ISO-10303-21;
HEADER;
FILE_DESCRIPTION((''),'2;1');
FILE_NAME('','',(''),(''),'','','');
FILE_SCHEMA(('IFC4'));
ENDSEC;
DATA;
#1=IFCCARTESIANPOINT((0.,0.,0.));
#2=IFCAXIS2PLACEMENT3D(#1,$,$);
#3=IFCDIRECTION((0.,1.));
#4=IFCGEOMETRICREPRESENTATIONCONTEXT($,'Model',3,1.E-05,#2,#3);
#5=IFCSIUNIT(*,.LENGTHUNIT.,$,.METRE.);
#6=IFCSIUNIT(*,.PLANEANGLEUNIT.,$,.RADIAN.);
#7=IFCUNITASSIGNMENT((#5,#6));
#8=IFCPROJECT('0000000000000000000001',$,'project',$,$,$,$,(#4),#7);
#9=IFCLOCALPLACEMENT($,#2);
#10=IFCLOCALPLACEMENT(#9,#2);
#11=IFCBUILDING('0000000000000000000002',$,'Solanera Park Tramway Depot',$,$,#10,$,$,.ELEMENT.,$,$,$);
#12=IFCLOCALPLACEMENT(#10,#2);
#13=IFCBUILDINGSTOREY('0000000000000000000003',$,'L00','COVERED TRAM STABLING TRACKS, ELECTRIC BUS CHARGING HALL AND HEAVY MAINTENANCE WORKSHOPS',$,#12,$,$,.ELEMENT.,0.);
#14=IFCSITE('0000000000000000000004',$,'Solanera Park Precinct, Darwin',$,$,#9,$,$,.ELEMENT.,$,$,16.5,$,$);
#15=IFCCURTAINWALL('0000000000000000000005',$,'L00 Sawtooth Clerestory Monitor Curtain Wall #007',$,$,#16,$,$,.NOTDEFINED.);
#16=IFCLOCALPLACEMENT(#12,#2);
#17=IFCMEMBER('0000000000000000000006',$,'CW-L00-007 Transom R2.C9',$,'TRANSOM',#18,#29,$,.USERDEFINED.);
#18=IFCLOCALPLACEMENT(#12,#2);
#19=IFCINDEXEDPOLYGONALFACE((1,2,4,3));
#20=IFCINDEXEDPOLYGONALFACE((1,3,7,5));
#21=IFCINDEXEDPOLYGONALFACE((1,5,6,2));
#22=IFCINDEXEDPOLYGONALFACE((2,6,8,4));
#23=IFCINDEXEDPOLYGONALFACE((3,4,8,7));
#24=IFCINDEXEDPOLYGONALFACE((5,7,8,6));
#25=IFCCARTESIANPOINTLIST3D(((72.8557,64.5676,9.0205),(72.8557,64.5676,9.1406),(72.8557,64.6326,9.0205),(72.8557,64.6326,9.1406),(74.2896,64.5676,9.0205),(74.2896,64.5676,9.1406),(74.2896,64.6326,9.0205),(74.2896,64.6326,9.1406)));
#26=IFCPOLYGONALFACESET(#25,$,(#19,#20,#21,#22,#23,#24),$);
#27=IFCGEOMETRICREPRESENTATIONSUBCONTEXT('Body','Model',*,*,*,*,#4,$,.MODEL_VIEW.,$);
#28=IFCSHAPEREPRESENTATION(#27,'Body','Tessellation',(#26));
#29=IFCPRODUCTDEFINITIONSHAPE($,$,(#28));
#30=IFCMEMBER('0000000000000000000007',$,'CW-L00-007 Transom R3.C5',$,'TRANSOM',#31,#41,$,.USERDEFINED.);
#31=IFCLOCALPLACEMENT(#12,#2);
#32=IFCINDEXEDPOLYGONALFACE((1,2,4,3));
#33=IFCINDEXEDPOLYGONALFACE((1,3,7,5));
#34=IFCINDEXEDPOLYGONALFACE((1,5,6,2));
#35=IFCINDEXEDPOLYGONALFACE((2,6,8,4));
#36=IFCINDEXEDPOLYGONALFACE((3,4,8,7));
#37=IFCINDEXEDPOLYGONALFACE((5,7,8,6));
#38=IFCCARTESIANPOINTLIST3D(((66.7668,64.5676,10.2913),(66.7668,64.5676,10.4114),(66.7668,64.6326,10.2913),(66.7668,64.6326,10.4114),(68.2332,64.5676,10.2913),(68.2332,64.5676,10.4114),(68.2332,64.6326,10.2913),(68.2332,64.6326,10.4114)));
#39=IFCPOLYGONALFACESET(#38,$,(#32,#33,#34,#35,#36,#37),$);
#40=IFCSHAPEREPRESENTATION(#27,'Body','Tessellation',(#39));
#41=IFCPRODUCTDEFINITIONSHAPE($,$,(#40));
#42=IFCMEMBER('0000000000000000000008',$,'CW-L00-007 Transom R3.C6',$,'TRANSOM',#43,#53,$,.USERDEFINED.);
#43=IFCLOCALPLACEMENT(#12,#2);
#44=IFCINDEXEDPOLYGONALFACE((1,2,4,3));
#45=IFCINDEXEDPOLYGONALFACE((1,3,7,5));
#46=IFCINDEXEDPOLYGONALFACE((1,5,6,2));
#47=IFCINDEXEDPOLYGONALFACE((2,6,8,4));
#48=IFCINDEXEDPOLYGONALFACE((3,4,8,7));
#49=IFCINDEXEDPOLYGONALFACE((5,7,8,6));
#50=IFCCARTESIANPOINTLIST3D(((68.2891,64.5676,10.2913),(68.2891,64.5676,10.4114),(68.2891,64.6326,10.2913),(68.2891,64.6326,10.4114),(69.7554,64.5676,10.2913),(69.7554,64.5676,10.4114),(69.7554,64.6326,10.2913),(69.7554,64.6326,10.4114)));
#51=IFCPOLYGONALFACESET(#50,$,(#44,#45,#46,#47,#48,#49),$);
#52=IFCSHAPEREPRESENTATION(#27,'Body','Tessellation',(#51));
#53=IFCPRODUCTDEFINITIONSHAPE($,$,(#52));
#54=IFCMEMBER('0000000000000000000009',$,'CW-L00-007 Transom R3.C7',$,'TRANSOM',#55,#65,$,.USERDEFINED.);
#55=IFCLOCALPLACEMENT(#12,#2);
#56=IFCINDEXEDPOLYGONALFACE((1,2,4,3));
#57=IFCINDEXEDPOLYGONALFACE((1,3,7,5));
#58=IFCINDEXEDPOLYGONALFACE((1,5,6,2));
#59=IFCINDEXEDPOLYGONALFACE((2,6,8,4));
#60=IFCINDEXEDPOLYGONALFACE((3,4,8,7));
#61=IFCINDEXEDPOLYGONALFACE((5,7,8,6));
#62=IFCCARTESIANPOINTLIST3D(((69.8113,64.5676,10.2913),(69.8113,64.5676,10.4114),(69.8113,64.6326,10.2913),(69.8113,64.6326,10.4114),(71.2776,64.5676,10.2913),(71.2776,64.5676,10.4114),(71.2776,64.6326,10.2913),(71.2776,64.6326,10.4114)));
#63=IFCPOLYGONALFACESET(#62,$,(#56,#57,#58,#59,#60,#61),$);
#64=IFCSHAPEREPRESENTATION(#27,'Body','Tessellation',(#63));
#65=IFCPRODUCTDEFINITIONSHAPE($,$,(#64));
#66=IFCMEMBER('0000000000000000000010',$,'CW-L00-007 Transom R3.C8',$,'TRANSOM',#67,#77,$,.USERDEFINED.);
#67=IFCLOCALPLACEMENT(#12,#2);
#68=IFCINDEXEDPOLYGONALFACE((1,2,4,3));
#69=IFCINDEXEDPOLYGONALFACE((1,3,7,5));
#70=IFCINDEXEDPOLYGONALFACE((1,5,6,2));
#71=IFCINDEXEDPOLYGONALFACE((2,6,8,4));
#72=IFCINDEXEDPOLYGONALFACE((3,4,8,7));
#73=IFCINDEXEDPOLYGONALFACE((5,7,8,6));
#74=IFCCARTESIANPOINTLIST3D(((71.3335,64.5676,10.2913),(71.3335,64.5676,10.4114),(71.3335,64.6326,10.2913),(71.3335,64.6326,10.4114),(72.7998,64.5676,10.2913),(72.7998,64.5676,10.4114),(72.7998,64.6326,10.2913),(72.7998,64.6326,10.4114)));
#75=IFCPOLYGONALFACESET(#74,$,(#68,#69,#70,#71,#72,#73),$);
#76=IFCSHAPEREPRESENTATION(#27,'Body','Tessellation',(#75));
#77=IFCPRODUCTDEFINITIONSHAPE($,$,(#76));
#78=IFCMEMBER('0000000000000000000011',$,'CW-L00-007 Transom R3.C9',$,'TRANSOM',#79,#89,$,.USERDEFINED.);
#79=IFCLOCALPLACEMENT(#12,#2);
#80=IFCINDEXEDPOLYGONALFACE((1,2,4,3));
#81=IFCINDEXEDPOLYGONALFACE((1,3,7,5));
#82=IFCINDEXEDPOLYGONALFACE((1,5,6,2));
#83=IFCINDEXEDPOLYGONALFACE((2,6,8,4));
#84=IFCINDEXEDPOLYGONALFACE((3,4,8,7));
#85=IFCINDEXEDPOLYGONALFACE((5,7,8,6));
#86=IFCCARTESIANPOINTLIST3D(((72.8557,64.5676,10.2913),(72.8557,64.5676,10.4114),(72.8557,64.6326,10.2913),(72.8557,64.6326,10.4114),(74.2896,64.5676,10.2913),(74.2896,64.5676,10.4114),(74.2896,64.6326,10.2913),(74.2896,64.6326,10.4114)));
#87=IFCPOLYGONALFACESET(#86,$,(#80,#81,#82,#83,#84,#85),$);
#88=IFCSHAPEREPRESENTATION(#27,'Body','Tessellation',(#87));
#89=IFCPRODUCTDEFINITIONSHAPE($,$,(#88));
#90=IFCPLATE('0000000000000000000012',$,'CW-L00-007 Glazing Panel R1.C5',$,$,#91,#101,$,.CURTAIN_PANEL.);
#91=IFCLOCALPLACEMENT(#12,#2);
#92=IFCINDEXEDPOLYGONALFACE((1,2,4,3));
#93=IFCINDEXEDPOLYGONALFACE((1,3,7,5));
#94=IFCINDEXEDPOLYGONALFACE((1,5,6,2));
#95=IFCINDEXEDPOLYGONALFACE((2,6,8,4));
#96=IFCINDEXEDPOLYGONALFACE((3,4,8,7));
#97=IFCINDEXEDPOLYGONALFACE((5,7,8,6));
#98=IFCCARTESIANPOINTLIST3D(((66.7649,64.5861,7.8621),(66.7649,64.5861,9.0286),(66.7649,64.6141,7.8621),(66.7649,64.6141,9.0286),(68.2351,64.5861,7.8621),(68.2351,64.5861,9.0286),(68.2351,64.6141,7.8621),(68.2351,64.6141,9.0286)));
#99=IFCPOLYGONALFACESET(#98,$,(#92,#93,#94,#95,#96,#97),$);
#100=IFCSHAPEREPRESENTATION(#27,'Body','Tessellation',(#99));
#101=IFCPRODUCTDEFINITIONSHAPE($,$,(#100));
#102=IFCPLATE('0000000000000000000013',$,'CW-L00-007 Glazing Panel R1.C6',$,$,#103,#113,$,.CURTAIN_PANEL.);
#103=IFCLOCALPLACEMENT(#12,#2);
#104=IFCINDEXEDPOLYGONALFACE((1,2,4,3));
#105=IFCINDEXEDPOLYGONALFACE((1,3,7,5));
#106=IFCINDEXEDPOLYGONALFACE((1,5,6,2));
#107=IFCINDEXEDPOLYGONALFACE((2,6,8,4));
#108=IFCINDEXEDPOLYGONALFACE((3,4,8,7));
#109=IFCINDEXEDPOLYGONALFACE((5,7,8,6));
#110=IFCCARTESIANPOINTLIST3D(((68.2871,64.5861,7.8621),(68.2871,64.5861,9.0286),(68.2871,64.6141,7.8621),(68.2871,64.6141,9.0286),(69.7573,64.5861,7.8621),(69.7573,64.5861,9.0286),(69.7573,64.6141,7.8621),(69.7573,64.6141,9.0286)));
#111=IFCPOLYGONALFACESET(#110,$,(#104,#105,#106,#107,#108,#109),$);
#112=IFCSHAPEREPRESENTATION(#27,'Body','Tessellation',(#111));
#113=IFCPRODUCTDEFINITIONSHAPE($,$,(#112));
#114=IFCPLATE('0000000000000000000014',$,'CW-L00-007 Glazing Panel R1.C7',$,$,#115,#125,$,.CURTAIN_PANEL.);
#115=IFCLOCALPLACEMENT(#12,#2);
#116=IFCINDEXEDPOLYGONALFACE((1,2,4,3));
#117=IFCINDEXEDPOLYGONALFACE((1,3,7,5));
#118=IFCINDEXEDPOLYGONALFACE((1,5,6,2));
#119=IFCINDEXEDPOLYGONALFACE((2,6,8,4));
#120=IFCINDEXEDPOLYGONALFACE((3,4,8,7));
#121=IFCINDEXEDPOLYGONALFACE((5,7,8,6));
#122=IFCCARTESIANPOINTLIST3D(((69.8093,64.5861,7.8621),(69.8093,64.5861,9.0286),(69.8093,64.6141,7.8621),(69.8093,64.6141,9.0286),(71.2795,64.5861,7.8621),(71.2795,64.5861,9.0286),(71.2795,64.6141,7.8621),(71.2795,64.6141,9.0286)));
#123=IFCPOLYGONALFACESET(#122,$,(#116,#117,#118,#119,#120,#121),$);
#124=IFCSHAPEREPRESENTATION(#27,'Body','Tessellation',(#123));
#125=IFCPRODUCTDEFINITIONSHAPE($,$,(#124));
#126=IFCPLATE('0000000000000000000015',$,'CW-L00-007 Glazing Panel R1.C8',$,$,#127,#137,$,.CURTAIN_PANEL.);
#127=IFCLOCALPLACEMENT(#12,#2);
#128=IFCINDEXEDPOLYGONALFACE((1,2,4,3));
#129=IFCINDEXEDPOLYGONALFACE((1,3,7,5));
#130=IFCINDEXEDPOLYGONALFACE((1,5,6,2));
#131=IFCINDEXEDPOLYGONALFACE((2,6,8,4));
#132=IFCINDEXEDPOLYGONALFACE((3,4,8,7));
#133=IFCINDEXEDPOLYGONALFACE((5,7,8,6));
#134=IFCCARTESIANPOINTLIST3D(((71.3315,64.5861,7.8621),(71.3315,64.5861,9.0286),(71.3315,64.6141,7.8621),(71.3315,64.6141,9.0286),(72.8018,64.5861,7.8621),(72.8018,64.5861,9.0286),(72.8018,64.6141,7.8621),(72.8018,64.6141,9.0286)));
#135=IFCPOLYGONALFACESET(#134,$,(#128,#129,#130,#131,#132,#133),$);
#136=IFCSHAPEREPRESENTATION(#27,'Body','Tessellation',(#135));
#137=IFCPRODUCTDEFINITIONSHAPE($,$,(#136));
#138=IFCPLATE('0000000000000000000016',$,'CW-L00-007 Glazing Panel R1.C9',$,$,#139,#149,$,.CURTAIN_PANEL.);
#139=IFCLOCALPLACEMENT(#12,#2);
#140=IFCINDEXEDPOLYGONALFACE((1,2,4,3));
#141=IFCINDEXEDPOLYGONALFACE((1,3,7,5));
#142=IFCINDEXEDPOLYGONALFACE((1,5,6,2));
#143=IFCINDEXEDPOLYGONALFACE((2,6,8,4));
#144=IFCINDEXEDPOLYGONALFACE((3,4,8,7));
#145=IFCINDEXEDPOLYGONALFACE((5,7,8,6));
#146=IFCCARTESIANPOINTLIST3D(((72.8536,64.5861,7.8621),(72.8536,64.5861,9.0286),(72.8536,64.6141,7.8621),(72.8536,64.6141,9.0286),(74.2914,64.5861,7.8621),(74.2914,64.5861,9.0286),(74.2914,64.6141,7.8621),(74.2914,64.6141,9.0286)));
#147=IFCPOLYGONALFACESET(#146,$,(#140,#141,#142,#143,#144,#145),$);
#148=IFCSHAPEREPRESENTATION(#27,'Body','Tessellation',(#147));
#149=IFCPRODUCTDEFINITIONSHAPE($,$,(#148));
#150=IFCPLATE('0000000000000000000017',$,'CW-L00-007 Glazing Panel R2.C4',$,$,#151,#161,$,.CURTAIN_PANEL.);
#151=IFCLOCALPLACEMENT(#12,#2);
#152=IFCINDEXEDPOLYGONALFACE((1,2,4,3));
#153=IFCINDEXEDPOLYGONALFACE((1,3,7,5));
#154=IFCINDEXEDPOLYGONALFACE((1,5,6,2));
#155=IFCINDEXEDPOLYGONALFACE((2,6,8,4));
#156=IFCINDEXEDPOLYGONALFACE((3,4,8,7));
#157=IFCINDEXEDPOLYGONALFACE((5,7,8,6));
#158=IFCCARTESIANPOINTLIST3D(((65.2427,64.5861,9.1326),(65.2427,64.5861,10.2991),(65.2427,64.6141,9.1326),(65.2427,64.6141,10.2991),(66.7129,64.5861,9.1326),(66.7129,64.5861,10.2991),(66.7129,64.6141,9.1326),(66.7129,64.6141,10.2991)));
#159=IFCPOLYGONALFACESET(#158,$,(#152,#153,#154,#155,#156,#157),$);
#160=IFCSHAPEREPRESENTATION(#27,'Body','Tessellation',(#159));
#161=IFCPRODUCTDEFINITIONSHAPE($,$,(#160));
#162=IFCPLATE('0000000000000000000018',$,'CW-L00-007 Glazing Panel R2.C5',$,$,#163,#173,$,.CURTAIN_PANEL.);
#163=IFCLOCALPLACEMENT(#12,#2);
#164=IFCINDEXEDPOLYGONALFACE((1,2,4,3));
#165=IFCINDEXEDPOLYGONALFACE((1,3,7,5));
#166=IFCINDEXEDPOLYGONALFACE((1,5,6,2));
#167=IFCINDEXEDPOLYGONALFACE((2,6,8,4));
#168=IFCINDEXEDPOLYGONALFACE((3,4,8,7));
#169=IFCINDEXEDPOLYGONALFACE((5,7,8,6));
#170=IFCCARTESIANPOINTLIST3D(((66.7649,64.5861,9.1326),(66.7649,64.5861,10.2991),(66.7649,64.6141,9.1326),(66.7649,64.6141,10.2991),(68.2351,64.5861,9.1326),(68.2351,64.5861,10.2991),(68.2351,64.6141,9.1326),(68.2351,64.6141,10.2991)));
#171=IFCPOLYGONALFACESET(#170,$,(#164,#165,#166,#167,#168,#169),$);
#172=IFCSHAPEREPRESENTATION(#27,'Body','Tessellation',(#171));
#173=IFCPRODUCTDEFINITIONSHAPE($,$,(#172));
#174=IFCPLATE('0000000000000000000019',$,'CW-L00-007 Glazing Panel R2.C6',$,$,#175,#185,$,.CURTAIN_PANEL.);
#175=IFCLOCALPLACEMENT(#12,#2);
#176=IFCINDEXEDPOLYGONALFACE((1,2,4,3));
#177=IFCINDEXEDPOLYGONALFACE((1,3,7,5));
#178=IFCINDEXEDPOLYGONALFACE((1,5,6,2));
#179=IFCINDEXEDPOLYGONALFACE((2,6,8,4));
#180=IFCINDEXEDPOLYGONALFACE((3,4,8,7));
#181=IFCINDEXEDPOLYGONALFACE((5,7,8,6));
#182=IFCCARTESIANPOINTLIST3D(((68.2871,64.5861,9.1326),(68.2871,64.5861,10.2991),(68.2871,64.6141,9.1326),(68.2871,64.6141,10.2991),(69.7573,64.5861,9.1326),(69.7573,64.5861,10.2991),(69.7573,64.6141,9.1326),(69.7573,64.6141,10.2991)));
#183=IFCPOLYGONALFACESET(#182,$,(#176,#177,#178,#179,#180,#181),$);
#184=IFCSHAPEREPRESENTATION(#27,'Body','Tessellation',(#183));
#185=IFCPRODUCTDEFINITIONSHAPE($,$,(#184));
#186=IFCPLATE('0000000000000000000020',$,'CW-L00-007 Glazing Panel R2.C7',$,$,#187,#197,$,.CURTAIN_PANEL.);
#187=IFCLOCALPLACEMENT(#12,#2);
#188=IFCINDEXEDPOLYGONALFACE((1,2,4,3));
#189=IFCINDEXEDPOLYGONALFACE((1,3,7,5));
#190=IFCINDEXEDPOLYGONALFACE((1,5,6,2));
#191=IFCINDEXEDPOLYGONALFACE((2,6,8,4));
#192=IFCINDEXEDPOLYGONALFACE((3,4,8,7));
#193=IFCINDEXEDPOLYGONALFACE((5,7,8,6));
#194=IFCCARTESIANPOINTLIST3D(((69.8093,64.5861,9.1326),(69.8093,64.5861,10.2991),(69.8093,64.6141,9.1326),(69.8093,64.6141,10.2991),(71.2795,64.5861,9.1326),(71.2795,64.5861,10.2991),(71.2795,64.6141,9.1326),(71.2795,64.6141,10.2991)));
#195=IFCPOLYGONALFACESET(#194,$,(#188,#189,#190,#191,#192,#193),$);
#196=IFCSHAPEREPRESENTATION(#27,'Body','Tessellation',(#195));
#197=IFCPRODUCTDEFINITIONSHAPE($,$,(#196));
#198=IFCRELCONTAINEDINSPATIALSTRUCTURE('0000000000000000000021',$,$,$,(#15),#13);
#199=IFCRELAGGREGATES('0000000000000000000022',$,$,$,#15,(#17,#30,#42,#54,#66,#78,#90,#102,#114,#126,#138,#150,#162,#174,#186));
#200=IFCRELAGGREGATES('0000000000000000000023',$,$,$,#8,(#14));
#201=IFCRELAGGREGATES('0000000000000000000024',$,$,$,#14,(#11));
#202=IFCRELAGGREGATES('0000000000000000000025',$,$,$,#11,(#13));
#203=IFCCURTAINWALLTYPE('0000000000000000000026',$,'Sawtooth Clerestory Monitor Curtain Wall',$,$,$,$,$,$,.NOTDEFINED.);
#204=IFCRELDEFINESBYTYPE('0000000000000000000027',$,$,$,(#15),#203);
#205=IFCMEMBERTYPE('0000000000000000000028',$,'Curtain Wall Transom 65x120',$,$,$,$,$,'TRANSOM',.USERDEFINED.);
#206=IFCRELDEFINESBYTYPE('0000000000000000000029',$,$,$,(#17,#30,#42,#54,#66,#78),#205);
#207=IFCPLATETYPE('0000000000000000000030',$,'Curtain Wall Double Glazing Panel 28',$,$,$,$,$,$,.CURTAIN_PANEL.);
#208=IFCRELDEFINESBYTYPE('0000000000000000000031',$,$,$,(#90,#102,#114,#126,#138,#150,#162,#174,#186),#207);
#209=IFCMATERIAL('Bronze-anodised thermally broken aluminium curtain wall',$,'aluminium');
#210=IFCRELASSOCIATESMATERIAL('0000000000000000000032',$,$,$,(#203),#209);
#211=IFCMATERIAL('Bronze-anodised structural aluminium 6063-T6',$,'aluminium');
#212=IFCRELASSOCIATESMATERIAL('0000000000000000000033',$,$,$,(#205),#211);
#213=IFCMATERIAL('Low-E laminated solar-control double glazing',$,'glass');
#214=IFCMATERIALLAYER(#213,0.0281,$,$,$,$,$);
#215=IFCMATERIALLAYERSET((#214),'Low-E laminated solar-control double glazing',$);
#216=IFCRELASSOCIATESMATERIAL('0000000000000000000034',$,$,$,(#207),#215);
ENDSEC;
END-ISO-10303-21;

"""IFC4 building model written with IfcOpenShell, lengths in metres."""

from ifc_helpers import new_model, si_unit, direction, frame, origin, origin_2d, place, context, subcontext, project, spatial, rectangle, extrude, material, layer, layer_set, material_profile, profile_set, type_object, element, aggregate, save


model = new_model("IFC4")

# Units and contexts
model_context = context("Model", 3, precision=1e-05, world=origin(), true_north=direction((0.0, 1.0)))
body_context = subcontext(model_context, "Body", "Model", "MODEL_VIEW")
ifc_project = project(units=[si_unit("LENGTHUNIT", "METRE"), si_unit("PLANEANGLEUNIT", "RADIAN")], contexts=[model_context])

# Site, building, storey
site_placement = place(None, origin())
site = spatial("IfcSite", under=ifc_project, at=site_placement, Name="Solanera Park Precinct, Darwin", CompositionType="ELEMENT", RefElevation=16.5)
building_placement = place(site_placement, origin())
building = spatial("IfcBuilding", under=site, at=building_placement, Name="Solanera Park Tramway Depot", CompositionType="ELEMENT")
storey_placement = place(building_placement, origin())
storey = spatial("IfcBuildingStorey", under=building, at=storey_placement, Name="L00", Description="COVERED TRAM STABLING TRACKS, ELECTRIC BUS CHARGING HALL AND HEAVY MAINTENANCE WORKSHOPS", CompositionType="ELEMENT", Elevation=0.0)

# Curtain wall, members, plates
ifc_material_1 = material(Name="Bronze-anodised thermally broken aluminium curtain wall", Category="aluminium")
curtain_wall_type = type_object("IfcCurtainWallType", Name="Sawtooth Clerestory Monitor Curtain Wall", PredefinedType="NOTDEFINED", material=ifc_material_1)
curtain_wall_placement = place(storey_placement, origin())
curtain_wall = element("IfcCurtainWall", 1, at=curtain_wall_placement, inside=storey, type_object=curtain_wall_type, Name="L00 Sawtooth Clerestory Monitor Curtain Wall #007", PredefinedType="NOTDEFINED")
ifc_material_2 = material(Name="Bronze-anodised structural aluminium 6063-T6", Category="aluminium")
ifc_material_profile_1 = material_profile(ifc_material_2, rectangle(XDim=0.0649, YDim=0.1201, at=origin_2d()), Name="Curtain Wall Transom 65x120")
ifc_profile_set_1 = profile_set([ifc_material_profile_1], Name="Bronze-anodised structural aluminium 6063-T6")
member_type_1 = type_object("IfcMemberType", Name="Curtain Wall Transom 65x120", ElementType="TRANSOM", PredefinedType="USERDEFINED", material=ifc_profile_set_1)
member_1_placement = place(storey_placement, frame((72.8557, 64.6001, 9.0806), z_axis=(1.0, 0.0, 0.0), x_axis=(0.0, 1.0, 0.0)))
member_1 = element("IfcMember", 2, at=member_1_placement, type_object=member_type_1, Name="CW-L00-007 Transom R2.C9", ObjectType="TRANSOM", PredefinedType="USERDEFINED", context=body_context, shape_type="SweptSolid", body=[
    extrude(rectangle(XDim=0.0649, YDim=0.1201, at=origin_2d()), origin(), (0.0, 0.0, 1.0), 1.4338),
])
member_2_placement = place(storey_placement, frame((66.7668, 64.6001, 10.3513), z_axis=(1.0, 0.0, 0.0), x_axis=(0.0, 1.0, 0.0)))
member_2 = element("IfcMember", 3, at=member_2_placement, type_object=member_type_1, Name="CW-L00-007 Transom R3.C5", ObjectType="TRANSOM", PredefinedType="USERDEFINED", context=body_context, shape_type="SweptSolid", body=[
    extrude(rectangle(XDim=0.0649, YDim=0.1201, at=origin_2d()), origin(), (0.0, 0.0, 1.0), 1.4663),
])
member_3_placement = place(storey_placement, frame((68.2891, 64.6001, 10.3513), z_axis=(1.0, 0.0, 0.0), x_axis=(0.0, 1.0, 0.0)))
member_3 = element("IfcMember", 4, at=member_3_placement, type_object=member_type_1, Name="CW-L00-007 Transom R3.C6", ObjectType="TRANSOM", PredefinedType="USERDEFINED", context=body_context, shape_type="SweptSolid", body=[
    extrude(rectangle(XDim=0.0649, YDim=0.1201, at=origin_2d()), origin(), (0.0, 0.0, 1.0), 1.4663),
])
member_4_placement = place(storey_placement, frame((69.8113, 64.6001, 10.3513), z_axis=(1.0, 0.0, 0.0), x_axis=(0.0, 1.0, 0.0)))
member_4 = element("IfcMember", 5, at=member_4_placement, type_object=member_type_1, Name="CW-L00-007 Transom R3.C7", ObjectType="TRANSOM", PredefinedType="USERDEFINED", context=body_context, shape_type="SweptSolid", body=[
    extrude(rectangle(XDim=0.0649, YDim=0.1201, at=origin_2d()), origin(), (0.0, 0.0, 1.0), 1.4663),
])
member_5_placement = place(storey_placement, frame((71.3335, 64.6001, 10.3513), z_axis=(1.0, 0.0, 0.0), x_axis=(0.0, 1.0, 0.0)))
member_5 = element("IfcMember", 6, at=member_5_placement, type_object=member_type_1, Name="CW-L00-007 Transom R3.C8", ObjectType="TRANSOM", PredefinedType="USERDEFINED", context=body_context, shape_type="SweptSolid", body=[
    extrude(rectangle(XDim=0.0649, YDim=0.1201, at=origin_2d()), origin(), (0.0, 0.0, 1.0), 1.4663),
])
member_6_placement = place(storey_placement, frame((72.8557, 64.6001, 10.3513), z_axis=(1.0, 0.0, 0.0), x_axis=(0.0, 1.0, 0.0)))
member_6 = element("IfcMember", 7, at=member_6_placement, type_object=member_type_1, Name="CW-L00-007 Transom R3.C9", ObjectType="TRANSOM", PredefinedType="USERDEFINED", context=body_context, shape_type="SweptSolid", body=[
    extrude(rectangle(XDim=0.0649, YDim=0.1201, at=origin_2d()), origin(), (0.0, 0.0, 1.0), 1.4338),
])
ifc_material_3 = material(Name="Low-E laminated solar-control double glazing", Category="glass")
ifc_layer = layer(ifc_material_3, 0.0281)
ifc_layer_set = layer_set([ifc_layer], Name="Low-E laminated solar-control double glazing")
plate_type = type_object("IfcPlateType", Name="Curtain Wall Double Glazing Panel 28", PredefinedType="CURTAIN_PANEL", material=ifc_layer_set)
plate_1_placement = place(storey_placement, frame((67.5, 64.6001, 7.8621), z_axis=(0.0, 0.0, 1.0), x_axis=(1.0, 0.0, 0.0)))
plate_1 = element("IfcPlate", 8, at=plate_1_placement, type_object=plate_type, Name="CW-L00-007 Glazing Panel R1.C5", PredefinedType="CURTAIN_PANEL", context=body_context, shape_type="SweptSolid", body=[
    extrude(rectangle(XDim=1.4702, YDim=0.0281, at=origin_2d()), origin(), (0.0, 0.0, 1.0), 1.1665),
])
plate_2_placement = place(storey_placement, frame((69.0222, 64.6001, 7.8621), z_axis=(0.0, 0.0, 1.0), x_axis=(1.0, 0.0, 0.0)))
plate_2 = element("IfcPlate", 9, at=plate_2_placement, type_object=plate_type, Name="CW-L00-007 Glazing Panel R1.C6", PredefinedType="CURTAIN_PANEL", context=body_context, shape_type="SweptSolid", body=[
    extrude(rectangle(XDim=1.4702, YDim=0.0281, at=origin_2d()), origin(), (0.0, 0.0, 1.0), 1.1665),
])
plate_3_placement = place(storey_placement, frame((70.5444, 64.6001, 7.8621), z_axis=(0.0, 0.0, 1.0), x_axis=(1.0, 0.0, 0.0)))
plate_3 = element("IfcPlate", 10, at=plate_3_placement, type_object=plate_type, Name="CW-L00-007 Glazing Panel R1.C7", PredefinedType="CURTAIN_PANEL", context=body_context, shape_type="SweptSolid", body=[
    extrude(rectangle(XDim=1.4702, YDim=0.0281, at=origin_2d()), origin(), (0.0, 0.0, 1.0), 1.1665),
])
plate_4_placement = place(storey_placement, frame((72.0667, 64.6001, 7.8621), z_axis=(0.0, 0.0, 1.0), x_axis=(1.0, 0.0, 0.0)))
plate_4 = element("IfcPlate", 11, at=plate_4_placement, type_object=plate_type, Name="CW-L00-007 Glazing Panel R1.C8", PredefinedType="CURTAIN_PANEL", context=body_context, shape_type="SweptSolid", body=[
    extrude(rectangle(XDim=1.4702, YDim=0.0281, at=origin_2d()), origin(), (0.0, 0.0, 1.0), 1.1665),
])
plate_5_placement = place(storey_placement, frame((73.5725, 64.6001, 7.8621), z_axis=(0.0, 0.0, 1.0), x_axis=(1.0, 0.0, 0.0)))
plate_5 = element("IfcPlate", 12, at=plate_5_placement, type_object=plate_type, Name="CW-L00-007 Glazing Panel R1.C9", PredefinedType="CURTAIN_PANEL", context=body_context, shape_type="SweptSolid", body=[
    extrude(rectangle(XDim=1.4377, YDim=0.0281, at=origin_2d()), origin(), (0.0, 0.0, 1.0), 1.1665),
])
plate_6_placement = place(storey_placement, frame((65.9778, 64.6001, 9.1326), z_axis=(0.0, 0.0, 1.0), x_axis=(1.0, 0.0, 0.0)))
plate_6 = element("IfcPlate", 13, at=plate_6_placement, type_object=plate_type, Name="CW-L00-007 Glazing Panel R2.C4", PredefinedType="CURTAIN_PANEL", context=body_context, shape_type="SweptSolid", body=[
    extrude(rectangle(XDim=1.4702, YDim=0.0281, at=origin_2d()), origin(), (0.0, 0.0, 1.0), 1.1665),
])
plate_7_placement = place(storey_placement, frame((67.5, 64.6001, 9.1326), z_axis=(0.0, 0.0, 1.0), x_axis=(1.0, 0.0, 0.0)))
plate_7 = element("IfcPlate", 14, at=plate_7_placement, type_object=plate_type, Name="CW-L00-007 Glazing Panel R2.C5", PredefinedType="CURTAIN_PANEL", context=body_context, shape_type="SweptSolid", body=[
    extrude(rectangle(XDim=1.4702, YDim=0.0281, at=origin_2d()), origin(), (0.0, 0.0, 1.0), 1.1665),
])
plate_8_placement = place(storey_placement, frame((69.0222, 64.6001, 9.1326), z_axis=(0.0, 0.0, 1.0), x_axis=(1.0, 0.0, 0.0)))
plate_8 = element("IfcPlate", 15, at=plate_8_placement, type_object=plate_type, Name="CW-L00-007 Glazing Panel R2.C6", PredefinedType="CURTAIN_PANEL", context=body_context, shape_type="SweptSolid", body=[
    extrude(rectangle(XDim=1.4702, YDim=0.0281, at=origin_2d()), origin(), (0.0, 0.0, 1.0), 1.1665),
])
plate_9_placement = place(storey_placement, frame((70.5444, 64.6001, 9.1326), z_axis=(0.0, 0.0, 1.0), x_axis=(1.0, 0.0, 0.0)))
plate_9 = element("IfcPlate", 16, at=plate_9_placement, type_object=plate_type, Name="CW-L00-007 Glazing Panel R2.C7", PredefinedType="CURTAIN_PANEL", context=body_context, shape_type="SweptSolid", body=[
    extrude(rectangle(XDim=1.4702, YDim=0.0281, at=origin_2d()), origin(), (0.0, 0.0, 1.0), 1.1665),
])
aggregate(curtain_wall, [member_1, member_2, member_3, member_4, member_5, member_6, plate_1, plate_2, plate_3, plate_4, plate_5, plate_6, plate_7, plate_8, plate_9])

save(model, "model.ifc")
